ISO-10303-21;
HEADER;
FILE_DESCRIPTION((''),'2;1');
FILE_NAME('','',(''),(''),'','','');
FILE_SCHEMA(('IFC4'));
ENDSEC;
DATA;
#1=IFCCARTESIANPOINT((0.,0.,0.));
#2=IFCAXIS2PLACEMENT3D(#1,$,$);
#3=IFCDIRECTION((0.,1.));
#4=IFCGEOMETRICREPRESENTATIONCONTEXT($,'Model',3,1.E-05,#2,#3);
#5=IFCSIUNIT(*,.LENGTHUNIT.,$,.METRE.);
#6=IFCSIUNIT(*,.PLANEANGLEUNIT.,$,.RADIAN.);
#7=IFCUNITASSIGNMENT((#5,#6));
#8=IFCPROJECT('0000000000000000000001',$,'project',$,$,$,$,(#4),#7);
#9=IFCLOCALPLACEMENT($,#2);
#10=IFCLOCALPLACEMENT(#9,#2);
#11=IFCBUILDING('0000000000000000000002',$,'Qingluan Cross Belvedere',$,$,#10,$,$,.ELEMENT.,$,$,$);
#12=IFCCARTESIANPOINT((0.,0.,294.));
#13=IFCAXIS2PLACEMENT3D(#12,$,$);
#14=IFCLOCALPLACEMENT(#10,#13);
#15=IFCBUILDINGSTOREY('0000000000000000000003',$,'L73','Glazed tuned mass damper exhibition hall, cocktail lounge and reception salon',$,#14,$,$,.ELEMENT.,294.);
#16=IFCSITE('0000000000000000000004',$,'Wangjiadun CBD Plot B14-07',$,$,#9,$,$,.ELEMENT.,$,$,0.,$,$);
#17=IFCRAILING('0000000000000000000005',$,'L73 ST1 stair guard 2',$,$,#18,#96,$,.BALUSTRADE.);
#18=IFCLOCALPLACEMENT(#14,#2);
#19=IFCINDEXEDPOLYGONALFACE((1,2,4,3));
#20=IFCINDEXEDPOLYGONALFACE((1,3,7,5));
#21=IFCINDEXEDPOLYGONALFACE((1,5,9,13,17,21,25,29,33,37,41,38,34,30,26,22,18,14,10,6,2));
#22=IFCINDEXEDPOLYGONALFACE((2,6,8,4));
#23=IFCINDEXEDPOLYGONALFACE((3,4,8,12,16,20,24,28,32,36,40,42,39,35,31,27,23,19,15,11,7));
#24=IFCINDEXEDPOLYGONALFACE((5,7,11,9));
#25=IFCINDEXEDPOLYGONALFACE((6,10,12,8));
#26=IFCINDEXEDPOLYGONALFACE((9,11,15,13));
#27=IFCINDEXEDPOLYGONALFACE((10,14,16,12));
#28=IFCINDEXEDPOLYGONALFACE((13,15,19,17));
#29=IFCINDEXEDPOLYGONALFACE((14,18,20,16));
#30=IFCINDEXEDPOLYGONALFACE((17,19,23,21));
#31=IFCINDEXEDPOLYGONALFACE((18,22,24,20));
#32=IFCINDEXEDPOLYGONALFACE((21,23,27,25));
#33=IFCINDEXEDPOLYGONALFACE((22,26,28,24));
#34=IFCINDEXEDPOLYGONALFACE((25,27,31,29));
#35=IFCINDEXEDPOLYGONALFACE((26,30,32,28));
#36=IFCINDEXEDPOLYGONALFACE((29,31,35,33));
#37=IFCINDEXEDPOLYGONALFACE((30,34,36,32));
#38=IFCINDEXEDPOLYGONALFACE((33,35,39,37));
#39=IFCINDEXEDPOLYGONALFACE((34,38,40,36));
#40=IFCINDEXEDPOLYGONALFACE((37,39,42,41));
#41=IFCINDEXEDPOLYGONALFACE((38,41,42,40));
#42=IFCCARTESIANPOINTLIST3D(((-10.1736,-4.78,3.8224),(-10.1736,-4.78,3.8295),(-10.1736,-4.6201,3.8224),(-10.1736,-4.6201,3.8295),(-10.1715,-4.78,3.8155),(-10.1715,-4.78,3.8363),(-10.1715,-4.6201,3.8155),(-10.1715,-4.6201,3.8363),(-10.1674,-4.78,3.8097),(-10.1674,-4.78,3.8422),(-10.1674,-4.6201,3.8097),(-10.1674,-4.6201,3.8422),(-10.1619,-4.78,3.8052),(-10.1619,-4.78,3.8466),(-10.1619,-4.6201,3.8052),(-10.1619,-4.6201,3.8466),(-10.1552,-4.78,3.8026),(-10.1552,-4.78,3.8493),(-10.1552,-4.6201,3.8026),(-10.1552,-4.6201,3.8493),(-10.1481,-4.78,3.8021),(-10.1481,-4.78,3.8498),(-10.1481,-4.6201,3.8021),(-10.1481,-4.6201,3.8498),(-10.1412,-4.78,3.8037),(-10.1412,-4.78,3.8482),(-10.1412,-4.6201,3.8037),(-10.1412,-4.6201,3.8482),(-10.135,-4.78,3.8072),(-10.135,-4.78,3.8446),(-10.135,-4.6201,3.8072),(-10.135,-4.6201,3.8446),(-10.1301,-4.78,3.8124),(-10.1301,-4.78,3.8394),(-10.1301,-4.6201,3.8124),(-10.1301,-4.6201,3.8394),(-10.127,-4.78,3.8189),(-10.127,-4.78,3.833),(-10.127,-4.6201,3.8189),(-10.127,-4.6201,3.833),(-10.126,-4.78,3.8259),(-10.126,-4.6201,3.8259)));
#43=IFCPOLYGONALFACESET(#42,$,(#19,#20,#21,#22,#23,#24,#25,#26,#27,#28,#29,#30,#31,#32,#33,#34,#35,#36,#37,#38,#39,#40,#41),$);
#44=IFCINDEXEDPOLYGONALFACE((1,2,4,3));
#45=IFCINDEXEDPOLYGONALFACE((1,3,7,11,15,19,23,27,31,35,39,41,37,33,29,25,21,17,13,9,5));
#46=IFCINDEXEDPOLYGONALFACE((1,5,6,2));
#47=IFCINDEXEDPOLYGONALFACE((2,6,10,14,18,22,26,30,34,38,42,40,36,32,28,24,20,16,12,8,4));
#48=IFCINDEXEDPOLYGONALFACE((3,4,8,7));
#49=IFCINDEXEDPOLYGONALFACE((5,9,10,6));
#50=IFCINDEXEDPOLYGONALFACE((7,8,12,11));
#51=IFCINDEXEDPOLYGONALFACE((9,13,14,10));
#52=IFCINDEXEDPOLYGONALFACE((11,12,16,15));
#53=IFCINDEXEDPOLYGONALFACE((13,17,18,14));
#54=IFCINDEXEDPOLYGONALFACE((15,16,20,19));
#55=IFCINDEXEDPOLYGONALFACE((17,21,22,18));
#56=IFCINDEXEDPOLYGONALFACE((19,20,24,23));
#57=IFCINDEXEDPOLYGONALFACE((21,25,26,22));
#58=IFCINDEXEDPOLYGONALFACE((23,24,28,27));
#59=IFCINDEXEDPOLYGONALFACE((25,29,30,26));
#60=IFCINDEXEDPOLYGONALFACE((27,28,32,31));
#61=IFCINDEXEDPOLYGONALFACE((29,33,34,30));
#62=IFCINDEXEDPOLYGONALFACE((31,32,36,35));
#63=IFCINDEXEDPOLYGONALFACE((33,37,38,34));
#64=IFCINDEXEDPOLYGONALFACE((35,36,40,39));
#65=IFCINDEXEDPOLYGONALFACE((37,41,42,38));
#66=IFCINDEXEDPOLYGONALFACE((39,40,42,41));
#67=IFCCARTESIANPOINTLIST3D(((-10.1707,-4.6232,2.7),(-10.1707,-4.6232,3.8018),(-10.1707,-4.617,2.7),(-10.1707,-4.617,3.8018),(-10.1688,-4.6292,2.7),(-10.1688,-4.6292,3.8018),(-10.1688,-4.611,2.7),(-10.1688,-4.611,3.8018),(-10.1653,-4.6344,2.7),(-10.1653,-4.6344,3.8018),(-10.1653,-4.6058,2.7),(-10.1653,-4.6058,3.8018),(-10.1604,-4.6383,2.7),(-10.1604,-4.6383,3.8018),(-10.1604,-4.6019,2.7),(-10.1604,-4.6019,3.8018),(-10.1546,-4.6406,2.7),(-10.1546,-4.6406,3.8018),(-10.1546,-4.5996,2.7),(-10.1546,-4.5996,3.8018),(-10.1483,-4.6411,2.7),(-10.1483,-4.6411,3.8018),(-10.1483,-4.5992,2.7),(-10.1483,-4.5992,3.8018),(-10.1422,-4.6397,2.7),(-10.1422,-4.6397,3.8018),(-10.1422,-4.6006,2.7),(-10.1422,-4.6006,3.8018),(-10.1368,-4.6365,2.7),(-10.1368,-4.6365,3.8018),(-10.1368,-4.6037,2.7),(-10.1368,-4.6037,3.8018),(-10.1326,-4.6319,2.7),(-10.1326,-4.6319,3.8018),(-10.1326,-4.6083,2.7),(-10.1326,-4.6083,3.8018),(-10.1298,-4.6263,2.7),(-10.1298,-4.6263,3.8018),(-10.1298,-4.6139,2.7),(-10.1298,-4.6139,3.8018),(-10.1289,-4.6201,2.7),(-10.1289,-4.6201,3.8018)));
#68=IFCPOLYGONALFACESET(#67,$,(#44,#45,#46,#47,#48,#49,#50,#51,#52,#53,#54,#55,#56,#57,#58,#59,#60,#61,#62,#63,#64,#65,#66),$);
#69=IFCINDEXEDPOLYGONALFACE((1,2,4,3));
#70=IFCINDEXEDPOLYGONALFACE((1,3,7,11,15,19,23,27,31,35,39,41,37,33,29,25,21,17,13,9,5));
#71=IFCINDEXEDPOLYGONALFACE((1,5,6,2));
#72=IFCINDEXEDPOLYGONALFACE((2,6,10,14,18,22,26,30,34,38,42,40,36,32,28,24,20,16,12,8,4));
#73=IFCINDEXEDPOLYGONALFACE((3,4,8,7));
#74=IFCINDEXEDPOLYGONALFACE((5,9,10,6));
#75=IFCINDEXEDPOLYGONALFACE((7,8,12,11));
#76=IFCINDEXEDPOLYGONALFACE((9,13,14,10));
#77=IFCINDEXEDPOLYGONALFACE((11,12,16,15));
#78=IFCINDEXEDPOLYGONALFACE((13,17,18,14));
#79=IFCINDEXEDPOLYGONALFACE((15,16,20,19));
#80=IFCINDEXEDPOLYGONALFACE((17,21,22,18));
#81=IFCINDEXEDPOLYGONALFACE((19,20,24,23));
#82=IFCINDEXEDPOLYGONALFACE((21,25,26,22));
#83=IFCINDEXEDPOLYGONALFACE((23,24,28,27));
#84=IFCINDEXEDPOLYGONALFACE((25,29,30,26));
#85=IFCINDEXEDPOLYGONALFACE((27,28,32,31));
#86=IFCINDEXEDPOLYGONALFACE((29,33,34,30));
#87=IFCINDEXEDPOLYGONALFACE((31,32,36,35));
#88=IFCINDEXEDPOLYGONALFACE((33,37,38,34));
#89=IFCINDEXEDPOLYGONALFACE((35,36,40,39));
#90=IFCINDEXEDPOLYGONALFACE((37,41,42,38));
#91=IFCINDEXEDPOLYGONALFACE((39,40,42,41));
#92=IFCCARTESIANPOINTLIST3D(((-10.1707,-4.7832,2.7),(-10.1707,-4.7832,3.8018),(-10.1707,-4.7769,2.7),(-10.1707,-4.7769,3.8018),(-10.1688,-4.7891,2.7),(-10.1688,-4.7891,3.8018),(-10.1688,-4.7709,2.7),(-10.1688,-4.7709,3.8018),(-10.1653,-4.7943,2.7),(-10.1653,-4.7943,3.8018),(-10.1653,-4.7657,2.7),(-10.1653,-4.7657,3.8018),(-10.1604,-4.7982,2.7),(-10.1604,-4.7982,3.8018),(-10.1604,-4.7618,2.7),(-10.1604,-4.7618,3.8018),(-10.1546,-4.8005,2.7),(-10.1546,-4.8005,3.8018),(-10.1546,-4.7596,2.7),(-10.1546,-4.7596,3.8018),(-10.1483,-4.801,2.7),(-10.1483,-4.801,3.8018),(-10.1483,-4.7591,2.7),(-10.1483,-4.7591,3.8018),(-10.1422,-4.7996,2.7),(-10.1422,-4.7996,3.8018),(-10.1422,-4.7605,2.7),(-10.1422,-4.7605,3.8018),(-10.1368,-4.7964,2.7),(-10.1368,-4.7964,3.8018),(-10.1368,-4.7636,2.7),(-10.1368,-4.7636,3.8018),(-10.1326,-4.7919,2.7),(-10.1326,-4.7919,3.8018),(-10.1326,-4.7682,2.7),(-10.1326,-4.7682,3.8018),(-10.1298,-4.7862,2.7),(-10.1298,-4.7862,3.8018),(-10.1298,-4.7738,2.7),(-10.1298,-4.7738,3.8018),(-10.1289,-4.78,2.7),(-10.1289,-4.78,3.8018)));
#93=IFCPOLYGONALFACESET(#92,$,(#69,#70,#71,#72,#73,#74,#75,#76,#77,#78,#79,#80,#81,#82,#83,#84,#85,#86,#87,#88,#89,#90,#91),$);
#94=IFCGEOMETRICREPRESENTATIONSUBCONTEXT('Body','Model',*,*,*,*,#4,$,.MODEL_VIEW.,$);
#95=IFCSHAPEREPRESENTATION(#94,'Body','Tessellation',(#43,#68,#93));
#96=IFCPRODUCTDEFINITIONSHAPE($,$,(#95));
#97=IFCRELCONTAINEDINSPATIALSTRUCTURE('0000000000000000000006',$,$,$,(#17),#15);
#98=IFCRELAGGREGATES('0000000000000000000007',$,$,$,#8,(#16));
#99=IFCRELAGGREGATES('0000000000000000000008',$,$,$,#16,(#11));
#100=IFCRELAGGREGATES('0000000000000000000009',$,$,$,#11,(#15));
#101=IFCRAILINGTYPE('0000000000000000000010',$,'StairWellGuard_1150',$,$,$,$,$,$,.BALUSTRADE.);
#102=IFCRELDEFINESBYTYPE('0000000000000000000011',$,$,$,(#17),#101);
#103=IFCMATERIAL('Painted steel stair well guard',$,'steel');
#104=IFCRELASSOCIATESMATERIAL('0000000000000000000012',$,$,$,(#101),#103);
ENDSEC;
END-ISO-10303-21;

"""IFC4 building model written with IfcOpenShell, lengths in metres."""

from ifc_helpers import new_model, si_unit, direction, frame, origin, origin_2d, place, context, subcontext, project, spatial, circle, extrude, material, type_object, element, save


model = new_model("IFC4")

# Units and contexts
model_context = context("Model", 3, precision=1e-05, world=origin(), true_north=direction((0.0, 1.0)))
body_context = subcontext(model_context, "Body", "Model", "MODEL_VIEW")
ifc_project = project(units=[si_unit("LENGTHUNIT", "METRE"), si_unit("PLANEANGLEUNIT", "RADIAN")], contexts=[model_context])

# Site, building, storey
site_placement = place(None, origin())
site = spatial("IfcSite", under=ifc_project, at=site_placement, Name="Wangjiadun CBD Plot B14-07", CompositionType="ELEMENT", RefElevation=0.0)
building_placement = place(site_placement, origin())
building = spatial("IfcBuilding", under=site, at=building_placement, Name="Qingluan Cross Belvedere", CompositionType="ELEMENT")
storey_placement = place(building_placement, frame((0.0, 0.0, 294.0)))
storey = spatial("IfcBuildingStorey", under=building, at=storey_placement, Name="L73", Description="Glazed tuned mass damper exhibition hall, cocktail lounge and reception salon", CompositionType="ELEMENT", Elevation=294.0)

# Railing
ifc_material_1 = material(Name="Painted steel stair well guard", Category="steel")
railing_type_1 = type_object("IfcRailingType", Name="StairWellGuard_1150", PredefinedType="BALUSTRADE", material=ifc_material_1)
railing_1_placement = place(storey_placement, frame((-10.1499, -4.6201, 2.7)))
element("IfcRailing", 1, at=railing_1_placement, inside=storey, type_object=railing_type_1, Name="L73 ST1 stair guard 2", PredefinedType="BALUSTRADE", context=body_context, shape_type="SweptSolid", body=[
    extrude(circle(Radius=0.0239, at=origin_2d()), frame((0.0, 0.0, 1.126), z_axis=(0.0, -1.0, 0.0), x_axis=(1.0, 0.0, 0.0)), (0.0, 0.0, 1.0), 0.1599),
    extrude(circle(Radius=0.021, at=origin_2d()), origin(), (0.0, 0.0, 1.0), 1.1018),
    extrude(circle(Radius=0.021, at=origin_2d()), frame((0.0, -0.1599, 0.0)), (0.0, 0.0, 1.0), 1.1018),
])

save(model, "model.ifc")
